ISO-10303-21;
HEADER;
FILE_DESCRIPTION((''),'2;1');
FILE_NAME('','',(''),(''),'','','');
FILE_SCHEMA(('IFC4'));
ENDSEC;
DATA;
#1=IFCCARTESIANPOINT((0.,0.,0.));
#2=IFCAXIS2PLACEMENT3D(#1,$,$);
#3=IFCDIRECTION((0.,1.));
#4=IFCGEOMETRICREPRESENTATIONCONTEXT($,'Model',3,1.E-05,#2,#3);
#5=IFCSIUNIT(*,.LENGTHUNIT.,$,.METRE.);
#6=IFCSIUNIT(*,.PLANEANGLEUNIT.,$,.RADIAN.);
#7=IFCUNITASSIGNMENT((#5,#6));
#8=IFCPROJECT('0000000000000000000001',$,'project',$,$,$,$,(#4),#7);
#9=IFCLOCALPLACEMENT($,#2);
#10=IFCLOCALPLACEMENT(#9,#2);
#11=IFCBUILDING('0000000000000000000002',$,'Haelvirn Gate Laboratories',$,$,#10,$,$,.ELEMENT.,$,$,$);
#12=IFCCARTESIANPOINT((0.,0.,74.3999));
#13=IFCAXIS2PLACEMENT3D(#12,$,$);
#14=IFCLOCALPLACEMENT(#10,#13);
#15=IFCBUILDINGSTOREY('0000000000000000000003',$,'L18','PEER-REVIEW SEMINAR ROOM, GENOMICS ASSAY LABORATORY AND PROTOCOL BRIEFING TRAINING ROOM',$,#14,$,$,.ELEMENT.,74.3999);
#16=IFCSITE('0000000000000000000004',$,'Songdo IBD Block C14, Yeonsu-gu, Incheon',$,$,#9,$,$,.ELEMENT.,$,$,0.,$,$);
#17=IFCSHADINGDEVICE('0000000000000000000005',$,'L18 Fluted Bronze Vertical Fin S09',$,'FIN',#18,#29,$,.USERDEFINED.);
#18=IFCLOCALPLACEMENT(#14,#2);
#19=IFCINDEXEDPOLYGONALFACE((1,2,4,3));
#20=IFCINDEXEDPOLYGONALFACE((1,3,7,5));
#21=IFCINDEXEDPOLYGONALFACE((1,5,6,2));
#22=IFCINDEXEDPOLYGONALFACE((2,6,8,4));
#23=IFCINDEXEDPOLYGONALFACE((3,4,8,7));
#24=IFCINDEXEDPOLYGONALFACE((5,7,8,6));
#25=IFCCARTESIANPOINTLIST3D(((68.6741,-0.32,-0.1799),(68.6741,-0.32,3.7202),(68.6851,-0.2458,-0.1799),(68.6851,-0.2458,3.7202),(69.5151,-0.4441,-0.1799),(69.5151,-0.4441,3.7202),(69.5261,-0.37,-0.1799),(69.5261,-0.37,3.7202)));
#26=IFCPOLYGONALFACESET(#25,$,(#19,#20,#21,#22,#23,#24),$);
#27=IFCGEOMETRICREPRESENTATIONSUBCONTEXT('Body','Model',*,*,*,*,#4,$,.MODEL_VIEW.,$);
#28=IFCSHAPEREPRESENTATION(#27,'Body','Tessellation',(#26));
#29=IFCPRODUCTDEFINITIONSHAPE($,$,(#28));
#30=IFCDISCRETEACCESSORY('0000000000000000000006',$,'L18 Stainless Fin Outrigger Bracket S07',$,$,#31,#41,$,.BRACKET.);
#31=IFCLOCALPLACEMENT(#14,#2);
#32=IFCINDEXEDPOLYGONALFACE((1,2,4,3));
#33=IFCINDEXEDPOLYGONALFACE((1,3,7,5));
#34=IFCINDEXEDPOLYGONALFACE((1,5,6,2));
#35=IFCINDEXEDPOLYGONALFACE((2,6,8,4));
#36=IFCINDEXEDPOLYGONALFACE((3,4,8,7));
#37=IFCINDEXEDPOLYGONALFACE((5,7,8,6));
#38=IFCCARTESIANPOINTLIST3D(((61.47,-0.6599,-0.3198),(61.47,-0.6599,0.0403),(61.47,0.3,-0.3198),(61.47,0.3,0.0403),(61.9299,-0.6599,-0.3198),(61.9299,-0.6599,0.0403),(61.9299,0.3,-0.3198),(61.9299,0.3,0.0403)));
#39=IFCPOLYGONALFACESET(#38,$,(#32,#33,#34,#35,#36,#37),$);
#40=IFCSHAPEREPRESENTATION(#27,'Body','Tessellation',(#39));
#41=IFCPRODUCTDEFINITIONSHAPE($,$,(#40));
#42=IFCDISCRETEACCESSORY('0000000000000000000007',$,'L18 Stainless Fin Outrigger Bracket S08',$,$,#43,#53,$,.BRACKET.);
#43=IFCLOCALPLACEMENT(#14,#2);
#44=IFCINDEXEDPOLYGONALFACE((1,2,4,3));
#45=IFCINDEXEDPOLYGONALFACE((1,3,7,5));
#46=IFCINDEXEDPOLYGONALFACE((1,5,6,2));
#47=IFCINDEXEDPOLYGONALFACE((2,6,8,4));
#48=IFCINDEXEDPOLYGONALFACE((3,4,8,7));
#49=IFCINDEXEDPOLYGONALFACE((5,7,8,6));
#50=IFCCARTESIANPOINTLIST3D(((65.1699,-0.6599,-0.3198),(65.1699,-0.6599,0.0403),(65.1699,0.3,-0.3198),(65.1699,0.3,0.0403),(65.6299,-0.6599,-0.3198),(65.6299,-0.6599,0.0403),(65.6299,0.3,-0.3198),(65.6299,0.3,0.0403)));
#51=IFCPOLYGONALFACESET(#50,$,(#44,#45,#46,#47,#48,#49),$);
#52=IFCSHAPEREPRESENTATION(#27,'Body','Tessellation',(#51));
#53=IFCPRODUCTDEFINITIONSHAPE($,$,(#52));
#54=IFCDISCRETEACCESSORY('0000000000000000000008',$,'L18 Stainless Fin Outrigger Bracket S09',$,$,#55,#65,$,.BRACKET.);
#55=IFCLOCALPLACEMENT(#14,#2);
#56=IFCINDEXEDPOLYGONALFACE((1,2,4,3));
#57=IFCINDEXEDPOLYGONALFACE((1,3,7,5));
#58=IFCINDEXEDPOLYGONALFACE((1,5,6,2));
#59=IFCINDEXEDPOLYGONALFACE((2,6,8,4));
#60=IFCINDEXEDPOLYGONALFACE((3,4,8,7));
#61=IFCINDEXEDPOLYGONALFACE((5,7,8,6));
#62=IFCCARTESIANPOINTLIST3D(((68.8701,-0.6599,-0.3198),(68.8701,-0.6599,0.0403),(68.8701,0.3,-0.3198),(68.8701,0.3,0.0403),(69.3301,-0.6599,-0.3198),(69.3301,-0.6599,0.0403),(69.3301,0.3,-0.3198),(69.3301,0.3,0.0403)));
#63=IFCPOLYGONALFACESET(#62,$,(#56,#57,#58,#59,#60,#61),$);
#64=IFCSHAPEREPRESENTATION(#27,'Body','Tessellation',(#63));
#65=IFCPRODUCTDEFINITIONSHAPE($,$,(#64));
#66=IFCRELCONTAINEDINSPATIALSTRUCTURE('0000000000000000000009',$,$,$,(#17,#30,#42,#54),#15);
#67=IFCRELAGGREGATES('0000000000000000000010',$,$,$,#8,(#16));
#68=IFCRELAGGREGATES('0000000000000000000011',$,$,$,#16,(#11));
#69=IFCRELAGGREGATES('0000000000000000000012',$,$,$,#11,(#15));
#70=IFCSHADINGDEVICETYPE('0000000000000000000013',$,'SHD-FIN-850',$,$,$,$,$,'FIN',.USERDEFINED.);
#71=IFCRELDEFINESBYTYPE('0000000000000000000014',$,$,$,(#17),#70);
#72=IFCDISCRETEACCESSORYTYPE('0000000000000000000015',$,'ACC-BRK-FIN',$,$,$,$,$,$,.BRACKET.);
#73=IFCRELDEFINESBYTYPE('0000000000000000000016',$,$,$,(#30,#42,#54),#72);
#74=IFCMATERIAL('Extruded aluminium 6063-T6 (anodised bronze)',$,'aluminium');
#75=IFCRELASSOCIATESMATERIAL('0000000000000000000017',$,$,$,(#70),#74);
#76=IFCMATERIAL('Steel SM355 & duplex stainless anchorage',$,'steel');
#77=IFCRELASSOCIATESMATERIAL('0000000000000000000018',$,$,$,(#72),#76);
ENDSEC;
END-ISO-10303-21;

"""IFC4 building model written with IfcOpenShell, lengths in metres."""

from ifc_helpers import new_model, si_unit, direction, frame, origin, origin_2d, place, context, subcontext, project, spatial, rectangle, extrude, source, transform, mapped, material, material_profile, profile_set, type_object, type_shapes, element, save


model = new_model("IFC4")

# Units and contexts
model_context = context("Model", 3, precision=1e-05, world=origin(), true_north=direction((0.0, 1.0)))
body_context = subcontext(model_context, "Body", "Model", "MODEL_VIEW")
ifc_project = project(units=[si_unit("LENGTHUNIT", "METRE"), si_unit("PLANEANGLEUNIT", "RADIAN")], contexts=[model_context])

# Site, building, storey
site_placement = place(None, origin())
site = spatial("IfcSite", under=ifc_project, at=site_placement, Name="Songdo IBD Block C14, Yeonsu-gu, Incheon", CompositionType="ELEMENT", RefElevation=0.0)
building_placement = place(site_placement, origin())
building = spatial("IfcBuilding", under=site, at=building_placement, Name="Haelvirn Gate Laboratories", CompositionType="ELEMENT")
storey_placement = place(building_placement, frame((0.0, 0.0, 74.3999)))
storey = spatial("IfcBuildingStorey", under=building, at=storey_placement, Name="L18", Description="PEER-REVIEW SEMINAR ROOM, GENOMICS ASSAY LABORATORY AND PROTOCOL BRIEFING TRAINING ROOM", CompositionType="ELEMENT", Elevation=74.3999)

# Shared definitions
ifc_material_1 = material(Name="Extruded aluminium 6063-T6 (anodised bronze)", Category="aluminium")

# Shading device
ifc_material_profile_1 = material_profile(ifc_material_1, rectangle(XDim=0.075, YDim=0.8501, at=origin_2d()), Name="FIN-850x75")
ifc_profile_set_1 = profile_set([ifc_material_profile_1], Name="Extruded aluminium 6063-T6 (anodised bronze)")
shading_device_type = type_object("IfcShadingDeviceType", Name="SHD-FIN-850", ElementType="FIN", PredefinedType="USERDEFINED", material=ifc_profile_set_1)
shared_shape_1 = source(origin(), body_context, "Body", "SweptSolid", [
    extrude(rectangle(XDim=0.075, YDim=0.8501, at=origin_2d()), origin(), (0.0, 0.0, 1.0), 3.9001),
])
type_shapes(shading_device_type, [shared_shape_1])
for number, where, z_axis, x_axis, name in (
    (1, (69.1001, -0.345, -0.1799), (0.0, 0.0, 1.0), (0.146083, 0.989272, 0.0), "L18 Fluted Bronze Vertical Fin S09"),
):
    element("IfcShadingDevice", number, at=place(storey_placement, frame(where, z_axis=z_axis, x_axis=x_axis)), inside=storey, type_object=shading_device_type, Name=name, ObjectType="FIN", PredefinedType="USERDEFINED", context=body_context, shape_type="MappedRepresentation", body=[
        mapped(shared_shape_1, transform((0.0, 0.0, 0.0), scale=1.0)),
    ])

# Discrete accessories
ifc_material_2 = material(Name="Steel SM355 & duplex stainless anchorage", Category="steel")
discrete_accessory_type = type_object("IfcDiscreteAccessoryType", Name="ACC-BRK-FIN", PredefinedType="BRACKET", material=ifc_material_2)
shared_shape_2 = source(origin(), body_context, "Body", "SweptSolid", [
    extrude(rectangle(XDim=0.46, YDim=0.96, at=origin_2d()), origin(), (0.0, 0.0, 1.0), 0.3601),
])
type_shapes(discrete_accessory_type, [shared_shape_2])
for number, where, z_axis, x_axis, name in (
    (2, (61.7, -0.1799, -0.3198), (0.0, 0.0, 1.0), (1.0, 0.0, 0.0), "L18 Stainless Fin Outrigger Bracket S07"),
    (3, (65.3999, -0.1799, -0.3198), (0.0, 0.0, 1.0), (1.0, 0.0, 0.0), "L18 Stainless Fin Outrigger Bracket S08"),
    (4, (69.1001, -0.1799, -0.3198), (0.0, 0.0, 1.0), (1.0, 0.0, 0.0), "L18 Stainless Fin Outrigger Bracket S09"),
):
    element("IfcDiscreteAccessory", number, at=place(storey_placement, frame(where, z_axis=z_axis, x_axis=x_axis)), inside=storey, type_object=discrete_accessory_type, Name=name, PredefinedType="BRACKET", context=body_context, shape_type="MappedRepresentation", body=[
        mapped(shared_shape_2, transform((0.0, 0.0, 0.0), scale=1.0)),
    ])

save(model, "model.ifc")
